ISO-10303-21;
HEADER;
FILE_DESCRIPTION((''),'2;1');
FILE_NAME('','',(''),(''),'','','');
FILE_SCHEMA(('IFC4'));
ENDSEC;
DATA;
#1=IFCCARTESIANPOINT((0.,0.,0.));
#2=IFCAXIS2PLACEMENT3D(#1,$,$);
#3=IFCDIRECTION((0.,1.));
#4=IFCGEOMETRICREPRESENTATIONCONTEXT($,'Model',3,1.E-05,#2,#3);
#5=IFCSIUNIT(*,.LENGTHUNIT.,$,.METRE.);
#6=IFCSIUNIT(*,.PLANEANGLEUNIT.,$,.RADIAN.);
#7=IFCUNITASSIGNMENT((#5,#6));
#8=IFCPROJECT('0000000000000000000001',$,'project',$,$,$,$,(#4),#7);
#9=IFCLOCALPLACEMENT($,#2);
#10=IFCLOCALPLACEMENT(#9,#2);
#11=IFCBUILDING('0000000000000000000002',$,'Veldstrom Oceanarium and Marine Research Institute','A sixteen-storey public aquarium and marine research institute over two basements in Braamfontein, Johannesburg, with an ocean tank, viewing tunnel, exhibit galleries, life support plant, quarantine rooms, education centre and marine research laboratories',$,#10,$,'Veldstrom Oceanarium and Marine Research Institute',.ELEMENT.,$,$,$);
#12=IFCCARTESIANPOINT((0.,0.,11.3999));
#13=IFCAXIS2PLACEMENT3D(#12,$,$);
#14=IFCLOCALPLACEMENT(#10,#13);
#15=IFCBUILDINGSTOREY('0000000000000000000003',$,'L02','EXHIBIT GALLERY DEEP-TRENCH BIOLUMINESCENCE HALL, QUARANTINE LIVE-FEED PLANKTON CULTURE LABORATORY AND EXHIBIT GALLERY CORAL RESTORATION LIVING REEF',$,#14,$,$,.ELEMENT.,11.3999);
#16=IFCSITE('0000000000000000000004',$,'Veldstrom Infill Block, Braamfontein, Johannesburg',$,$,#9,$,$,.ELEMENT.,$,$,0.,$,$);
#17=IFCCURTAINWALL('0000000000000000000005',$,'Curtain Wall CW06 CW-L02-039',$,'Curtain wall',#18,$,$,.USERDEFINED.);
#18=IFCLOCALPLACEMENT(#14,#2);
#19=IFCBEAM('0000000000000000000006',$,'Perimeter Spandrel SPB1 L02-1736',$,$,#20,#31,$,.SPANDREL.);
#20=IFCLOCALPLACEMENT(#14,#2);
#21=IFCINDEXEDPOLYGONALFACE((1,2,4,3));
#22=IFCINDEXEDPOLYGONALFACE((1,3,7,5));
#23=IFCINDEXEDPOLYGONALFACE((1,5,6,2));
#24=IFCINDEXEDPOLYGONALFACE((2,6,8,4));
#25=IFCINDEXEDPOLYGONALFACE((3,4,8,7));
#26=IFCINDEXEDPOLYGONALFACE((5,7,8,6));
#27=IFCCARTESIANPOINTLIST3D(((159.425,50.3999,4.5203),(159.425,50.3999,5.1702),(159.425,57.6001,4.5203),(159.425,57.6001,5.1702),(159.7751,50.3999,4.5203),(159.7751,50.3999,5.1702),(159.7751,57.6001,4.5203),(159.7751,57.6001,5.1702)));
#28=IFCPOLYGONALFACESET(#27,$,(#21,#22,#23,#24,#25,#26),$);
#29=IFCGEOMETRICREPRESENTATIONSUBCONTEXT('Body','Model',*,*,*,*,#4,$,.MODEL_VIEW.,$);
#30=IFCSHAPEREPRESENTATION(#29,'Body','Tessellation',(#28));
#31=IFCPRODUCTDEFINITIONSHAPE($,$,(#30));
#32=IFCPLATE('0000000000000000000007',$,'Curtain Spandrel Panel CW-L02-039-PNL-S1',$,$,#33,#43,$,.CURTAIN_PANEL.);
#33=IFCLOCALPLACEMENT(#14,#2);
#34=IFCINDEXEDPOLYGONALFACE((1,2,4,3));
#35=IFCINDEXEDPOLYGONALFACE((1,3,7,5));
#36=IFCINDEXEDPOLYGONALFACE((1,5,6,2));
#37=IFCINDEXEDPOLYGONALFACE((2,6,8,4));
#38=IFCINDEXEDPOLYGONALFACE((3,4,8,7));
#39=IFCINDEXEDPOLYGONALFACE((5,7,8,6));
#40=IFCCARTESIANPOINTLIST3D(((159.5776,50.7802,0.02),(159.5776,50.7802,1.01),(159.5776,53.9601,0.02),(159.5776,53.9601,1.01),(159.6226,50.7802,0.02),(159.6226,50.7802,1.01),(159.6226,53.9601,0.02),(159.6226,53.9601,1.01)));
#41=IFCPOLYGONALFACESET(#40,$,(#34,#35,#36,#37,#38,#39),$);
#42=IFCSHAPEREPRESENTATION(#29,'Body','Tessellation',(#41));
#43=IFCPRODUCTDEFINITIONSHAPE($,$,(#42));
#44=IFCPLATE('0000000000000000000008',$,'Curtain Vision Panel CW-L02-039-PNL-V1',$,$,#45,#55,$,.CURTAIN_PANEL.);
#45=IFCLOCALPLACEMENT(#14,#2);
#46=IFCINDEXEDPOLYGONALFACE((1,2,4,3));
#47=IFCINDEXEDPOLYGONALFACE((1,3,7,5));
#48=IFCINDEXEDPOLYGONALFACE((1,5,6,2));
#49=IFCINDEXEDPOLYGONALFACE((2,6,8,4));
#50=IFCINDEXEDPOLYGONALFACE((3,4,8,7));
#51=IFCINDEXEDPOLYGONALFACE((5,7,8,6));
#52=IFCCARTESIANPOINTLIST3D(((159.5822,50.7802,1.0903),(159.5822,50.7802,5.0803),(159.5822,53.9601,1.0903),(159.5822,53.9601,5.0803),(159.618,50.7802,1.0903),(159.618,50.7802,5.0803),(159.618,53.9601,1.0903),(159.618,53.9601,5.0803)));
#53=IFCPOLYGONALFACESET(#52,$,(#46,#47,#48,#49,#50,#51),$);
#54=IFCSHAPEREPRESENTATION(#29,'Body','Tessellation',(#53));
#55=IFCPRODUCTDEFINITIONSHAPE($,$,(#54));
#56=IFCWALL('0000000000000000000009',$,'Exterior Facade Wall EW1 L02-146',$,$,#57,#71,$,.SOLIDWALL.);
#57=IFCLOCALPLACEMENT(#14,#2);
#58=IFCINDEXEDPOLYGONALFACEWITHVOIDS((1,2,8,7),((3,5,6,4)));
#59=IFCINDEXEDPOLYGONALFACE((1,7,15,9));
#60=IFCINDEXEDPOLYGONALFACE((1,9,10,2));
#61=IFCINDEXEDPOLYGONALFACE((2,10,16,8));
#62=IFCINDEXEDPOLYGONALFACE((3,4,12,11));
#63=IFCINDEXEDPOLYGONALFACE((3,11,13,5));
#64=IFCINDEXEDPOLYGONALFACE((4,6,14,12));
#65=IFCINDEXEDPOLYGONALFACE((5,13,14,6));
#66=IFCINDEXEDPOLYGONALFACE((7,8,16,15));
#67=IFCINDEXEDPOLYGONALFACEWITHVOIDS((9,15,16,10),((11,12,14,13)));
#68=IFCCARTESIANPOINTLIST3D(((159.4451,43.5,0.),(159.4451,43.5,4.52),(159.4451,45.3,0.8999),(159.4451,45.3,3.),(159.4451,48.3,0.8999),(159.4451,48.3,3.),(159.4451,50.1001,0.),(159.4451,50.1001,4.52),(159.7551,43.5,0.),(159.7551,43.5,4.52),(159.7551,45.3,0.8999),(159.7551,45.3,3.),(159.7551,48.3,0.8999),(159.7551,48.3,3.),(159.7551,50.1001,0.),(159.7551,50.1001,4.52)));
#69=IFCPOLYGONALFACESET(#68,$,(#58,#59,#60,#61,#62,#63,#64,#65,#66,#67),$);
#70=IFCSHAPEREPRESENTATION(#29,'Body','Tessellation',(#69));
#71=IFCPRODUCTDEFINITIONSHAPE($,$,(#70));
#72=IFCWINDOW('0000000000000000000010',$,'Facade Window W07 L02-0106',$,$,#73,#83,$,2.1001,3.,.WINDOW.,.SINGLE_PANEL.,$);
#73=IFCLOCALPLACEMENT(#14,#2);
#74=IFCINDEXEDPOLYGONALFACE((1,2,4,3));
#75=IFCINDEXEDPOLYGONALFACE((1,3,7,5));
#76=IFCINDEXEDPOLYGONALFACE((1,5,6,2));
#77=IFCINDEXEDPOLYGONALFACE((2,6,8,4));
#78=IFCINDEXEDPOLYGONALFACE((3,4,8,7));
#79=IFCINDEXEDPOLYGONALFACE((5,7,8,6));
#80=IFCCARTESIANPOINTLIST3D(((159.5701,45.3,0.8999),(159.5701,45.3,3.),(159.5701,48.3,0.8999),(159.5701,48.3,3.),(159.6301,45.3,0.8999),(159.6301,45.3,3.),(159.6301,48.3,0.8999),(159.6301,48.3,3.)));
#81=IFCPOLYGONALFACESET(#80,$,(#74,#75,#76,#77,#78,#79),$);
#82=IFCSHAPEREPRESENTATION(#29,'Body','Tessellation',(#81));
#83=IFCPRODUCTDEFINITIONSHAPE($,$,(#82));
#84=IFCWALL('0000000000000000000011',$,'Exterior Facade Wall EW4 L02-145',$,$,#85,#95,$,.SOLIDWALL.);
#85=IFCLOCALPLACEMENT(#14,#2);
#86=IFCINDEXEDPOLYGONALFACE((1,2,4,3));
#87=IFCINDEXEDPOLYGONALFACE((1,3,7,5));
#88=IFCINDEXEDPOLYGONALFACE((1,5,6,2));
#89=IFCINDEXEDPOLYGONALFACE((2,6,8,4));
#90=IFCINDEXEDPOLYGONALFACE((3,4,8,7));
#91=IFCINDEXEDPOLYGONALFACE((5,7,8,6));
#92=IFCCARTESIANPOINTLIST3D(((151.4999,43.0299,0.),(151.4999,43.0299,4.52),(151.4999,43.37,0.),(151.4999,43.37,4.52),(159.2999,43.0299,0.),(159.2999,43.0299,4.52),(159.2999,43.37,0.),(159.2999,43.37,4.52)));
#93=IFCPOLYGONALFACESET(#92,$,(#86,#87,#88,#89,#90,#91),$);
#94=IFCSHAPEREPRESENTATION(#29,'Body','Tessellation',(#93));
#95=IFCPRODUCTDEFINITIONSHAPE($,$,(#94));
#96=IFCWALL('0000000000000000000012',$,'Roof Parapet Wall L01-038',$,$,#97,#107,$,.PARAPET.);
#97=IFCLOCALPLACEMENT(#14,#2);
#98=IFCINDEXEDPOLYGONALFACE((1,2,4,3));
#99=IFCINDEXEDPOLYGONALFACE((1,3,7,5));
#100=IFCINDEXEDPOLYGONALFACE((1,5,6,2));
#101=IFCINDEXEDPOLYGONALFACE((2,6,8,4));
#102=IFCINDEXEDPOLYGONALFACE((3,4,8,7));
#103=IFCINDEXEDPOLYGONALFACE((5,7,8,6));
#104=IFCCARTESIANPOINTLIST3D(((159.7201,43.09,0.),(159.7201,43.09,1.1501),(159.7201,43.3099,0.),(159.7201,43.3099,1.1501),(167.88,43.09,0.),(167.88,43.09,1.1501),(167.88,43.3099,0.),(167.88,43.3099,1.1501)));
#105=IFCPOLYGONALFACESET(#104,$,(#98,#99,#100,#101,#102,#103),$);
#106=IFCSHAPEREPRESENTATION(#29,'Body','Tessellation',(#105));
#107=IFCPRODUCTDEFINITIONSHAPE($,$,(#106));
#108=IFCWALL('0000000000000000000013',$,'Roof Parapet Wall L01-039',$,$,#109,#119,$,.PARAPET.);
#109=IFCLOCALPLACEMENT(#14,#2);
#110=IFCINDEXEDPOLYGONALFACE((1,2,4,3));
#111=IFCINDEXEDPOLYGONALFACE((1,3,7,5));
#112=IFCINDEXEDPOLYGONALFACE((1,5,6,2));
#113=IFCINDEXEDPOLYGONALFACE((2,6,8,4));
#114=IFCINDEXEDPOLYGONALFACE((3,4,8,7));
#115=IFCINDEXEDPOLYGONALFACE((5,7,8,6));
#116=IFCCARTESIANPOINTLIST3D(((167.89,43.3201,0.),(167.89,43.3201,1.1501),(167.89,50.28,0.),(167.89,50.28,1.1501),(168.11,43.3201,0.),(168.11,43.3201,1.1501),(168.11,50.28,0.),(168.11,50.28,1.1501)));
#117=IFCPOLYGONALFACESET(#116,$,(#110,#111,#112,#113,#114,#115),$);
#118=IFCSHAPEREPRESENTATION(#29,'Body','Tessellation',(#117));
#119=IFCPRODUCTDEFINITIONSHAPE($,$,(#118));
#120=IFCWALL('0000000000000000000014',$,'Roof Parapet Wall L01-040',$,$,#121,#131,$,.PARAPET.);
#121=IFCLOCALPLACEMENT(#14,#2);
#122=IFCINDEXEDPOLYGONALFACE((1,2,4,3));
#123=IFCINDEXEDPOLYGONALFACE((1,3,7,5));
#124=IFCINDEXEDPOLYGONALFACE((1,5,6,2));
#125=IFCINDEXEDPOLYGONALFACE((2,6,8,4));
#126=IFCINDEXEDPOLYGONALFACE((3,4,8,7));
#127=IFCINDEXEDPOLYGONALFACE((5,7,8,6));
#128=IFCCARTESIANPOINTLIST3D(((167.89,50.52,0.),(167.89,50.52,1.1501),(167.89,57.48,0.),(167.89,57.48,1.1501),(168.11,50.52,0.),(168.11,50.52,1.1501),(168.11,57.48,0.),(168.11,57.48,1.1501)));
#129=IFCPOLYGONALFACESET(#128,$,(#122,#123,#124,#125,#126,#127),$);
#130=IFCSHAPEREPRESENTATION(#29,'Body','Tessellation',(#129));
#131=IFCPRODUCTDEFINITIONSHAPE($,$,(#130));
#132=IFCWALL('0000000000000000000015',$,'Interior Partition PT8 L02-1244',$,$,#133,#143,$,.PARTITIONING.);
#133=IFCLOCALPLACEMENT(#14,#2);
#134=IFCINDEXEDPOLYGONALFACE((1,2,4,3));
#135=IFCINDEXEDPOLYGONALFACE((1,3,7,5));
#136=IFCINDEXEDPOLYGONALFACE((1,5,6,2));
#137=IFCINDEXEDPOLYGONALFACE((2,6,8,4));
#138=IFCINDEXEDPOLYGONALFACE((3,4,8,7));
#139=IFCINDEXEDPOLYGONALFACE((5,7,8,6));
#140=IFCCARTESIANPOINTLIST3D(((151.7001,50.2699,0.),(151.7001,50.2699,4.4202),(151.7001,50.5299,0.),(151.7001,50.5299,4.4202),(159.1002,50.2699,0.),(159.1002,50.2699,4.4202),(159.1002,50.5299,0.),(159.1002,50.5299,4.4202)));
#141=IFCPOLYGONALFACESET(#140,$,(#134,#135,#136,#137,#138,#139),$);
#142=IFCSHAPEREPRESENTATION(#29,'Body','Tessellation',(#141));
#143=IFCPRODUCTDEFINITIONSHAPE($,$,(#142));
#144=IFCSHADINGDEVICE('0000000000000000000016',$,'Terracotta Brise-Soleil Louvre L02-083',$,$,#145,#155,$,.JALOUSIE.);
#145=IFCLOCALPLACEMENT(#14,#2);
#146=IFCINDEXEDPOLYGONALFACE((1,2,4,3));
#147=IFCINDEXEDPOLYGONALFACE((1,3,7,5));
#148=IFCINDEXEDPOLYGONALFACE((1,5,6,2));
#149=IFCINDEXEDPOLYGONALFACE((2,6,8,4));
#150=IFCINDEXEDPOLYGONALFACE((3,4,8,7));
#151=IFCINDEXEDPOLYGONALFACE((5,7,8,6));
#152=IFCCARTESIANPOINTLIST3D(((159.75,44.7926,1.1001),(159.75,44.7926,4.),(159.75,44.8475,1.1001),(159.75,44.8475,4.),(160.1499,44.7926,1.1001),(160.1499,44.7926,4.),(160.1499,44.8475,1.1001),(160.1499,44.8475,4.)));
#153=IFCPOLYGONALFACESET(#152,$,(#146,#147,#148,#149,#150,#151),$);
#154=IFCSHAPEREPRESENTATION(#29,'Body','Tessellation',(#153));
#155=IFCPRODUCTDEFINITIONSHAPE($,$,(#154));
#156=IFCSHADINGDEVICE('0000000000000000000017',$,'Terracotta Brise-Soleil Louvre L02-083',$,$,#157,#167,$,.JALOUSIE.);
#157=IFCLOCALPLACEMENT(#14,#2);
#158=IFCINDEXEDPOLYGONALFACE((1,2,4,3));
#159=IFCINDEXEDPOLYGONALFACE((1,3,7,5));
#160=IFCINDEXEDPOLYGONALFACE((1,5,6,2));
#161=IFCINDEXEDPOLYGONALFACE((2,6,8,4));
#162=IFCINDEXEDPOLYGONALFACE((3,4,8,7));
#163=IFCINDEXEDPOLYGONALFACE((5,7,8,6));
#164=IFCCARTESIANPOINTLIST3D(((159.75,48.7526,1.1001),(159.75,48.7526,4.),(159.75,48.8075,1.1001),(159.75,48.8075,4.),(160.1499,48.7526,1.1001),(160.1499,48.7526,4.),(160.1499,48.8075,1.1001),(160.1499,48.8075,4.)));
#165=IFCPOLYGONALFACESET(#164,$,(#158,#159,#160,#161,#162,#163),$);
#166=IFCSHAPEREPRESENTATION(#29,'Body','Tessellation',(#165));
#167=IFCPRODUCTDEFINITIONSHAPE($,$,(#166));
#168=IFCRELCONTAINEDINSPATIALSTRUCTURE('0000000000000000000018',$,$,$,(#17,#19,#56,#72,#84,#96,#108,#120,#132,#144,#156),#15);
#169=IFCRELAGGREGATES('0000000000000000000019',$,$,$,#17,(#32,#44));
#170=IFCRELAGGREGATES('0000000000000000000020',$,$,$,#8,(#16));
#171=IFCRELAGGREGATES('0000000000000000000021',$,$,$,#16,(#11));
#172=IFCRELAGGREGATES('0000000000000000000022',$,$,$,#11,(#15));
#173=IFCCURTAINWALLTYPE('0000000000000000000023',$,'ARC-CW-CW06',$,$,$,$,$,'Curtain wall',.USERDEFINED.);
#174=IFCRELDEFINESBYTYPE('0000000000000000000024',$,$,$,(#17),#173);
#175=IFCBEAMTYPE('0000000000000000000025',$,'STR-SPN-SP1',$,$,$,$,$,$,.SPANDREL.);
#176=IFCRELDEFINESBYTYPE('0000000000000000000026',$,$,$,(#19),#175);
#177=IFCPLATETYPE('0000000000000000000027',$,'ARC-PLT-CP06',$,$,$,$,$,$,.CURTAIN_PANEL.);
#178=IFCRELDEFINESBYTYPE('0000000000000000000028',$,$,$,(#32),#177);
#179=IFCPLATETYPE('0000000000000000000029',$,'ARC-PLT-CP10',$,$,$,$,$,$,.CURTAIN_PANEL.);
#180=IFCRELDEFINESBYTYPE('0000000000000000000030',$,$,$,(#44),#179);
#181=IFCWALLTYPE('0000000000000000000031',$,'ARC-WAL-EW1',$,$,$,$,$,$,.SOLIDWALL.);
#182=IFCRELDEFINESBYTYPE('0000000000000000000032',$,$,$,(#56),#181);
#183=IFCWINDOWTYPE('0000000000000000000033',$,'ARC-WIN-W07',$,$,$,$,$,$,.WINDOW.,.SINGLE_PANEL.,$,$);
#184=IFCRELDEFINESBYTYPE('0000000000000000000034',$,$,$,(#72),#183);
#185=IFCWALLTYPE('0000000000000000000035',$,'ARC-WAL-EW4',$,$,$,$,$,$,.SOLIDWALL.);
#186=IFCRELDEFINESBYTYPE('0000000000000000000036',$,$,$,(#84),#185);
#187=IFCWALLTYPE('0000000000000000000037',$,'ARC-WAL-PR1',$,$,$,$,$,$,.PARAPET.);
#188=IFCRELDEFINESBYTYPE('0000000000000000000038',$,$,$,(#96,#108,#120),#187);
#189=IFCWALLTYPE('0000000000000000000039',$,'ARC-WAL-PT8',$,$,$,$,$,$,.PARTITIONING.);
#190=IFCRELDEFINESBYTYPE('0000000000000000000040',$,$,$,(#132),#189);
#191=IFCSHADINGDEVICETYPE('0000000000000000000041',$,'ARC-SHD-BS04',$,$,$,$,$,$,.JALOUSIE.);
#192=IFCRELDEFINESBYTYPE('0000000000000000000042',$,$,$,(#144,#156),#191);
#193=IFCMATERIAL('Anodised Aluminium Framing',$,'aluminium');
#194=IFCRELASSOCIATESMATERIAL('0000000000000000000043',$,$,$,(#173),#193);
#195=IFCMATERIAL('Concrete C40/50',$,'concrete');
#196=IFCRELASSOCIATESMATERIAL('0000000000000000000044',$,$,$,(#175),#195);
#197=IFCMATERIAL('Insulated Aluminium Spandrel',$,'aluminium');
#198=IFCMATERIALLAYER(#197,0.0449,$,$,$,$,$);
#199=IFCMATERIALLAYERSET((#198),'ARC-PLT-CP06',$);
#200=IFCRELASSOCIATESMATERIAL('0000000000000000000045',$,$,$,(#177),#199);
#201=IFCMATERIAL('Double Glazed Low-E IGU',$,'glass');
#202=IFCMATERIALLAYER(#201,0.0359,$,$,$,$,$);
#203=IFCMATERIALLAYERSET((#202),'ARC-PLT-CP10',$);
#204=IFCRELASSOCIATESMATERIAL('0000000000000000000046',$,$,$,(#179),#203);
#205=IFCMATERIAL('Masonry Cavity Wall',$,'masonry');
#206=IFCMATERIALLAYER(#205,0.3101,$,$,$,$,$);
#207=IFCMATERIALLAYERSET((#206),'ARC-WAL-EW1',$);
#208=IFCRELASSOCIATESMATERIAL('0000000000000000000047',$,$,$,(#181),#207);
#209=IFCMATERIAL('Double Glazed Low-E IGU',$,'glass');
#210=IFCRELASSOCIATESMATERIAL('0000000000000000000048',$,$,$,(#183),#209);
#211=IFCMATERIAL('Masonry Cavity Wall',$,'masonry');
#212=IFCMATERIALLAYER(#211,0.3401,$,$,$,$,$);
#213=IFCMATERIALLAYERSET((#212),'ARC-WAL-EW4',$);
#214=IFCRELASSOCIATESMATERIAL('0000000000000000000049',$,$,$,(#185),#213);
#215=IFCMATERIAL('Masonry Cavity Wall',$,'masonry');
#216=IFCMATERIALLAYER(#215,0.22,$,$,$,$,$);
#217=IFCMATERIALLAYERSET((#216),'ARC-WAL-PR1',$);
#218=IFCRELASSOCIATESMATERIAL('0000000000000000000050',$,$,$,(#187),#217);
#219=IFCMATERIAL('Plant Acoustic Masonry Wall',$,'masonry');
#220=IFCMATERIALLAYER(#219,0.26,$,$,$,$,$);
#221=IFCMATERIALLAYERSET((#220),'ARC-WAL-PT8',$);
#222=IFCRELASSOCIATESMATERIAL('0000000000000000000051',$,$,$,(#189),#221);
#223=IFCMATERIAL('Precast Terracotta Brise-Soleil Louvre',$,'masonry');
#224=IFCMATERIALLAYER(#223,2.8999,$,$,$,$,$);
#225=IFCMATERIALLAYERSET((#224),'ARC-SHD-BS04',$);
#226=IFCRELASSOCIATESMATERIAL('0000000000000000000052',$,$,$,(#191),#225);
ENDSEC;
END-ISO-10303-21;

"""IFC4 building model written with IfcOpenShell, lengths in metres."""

from ifc_helpers import new_model, si_unit, direction, frame, frame_2d, origin, origin_2d, place, context, subcontext, project, spatial, rectangle, extrude, material, layer, layer_set, material_profile, profile_set, type_object, element, fill, aggregate, save


model = new_model("IFC4")

# Units and contexts
model_context = context("Model", 3, precision=1e-05, world=origin(), true_north=direction((0.0, 1.0)))
body_context = subcontext(model_context, "Body", "Model", "MODEL_VIEW")
ifc_project = project(units=[si_unit("LENGTHUNIT", "METRE"), si_unit("PLANEANGLEUNIT", "RADIAN")], contexts=[model_context])

# Site, building, storey
site_placement = place(None, origin())
site = spatial("IfcSite", under=ifc_project, at=site_placement, Name="Veldstrom Infill Block, Braamfontein, Johannesburg", CompositionType="ELEMENT", RefElevation=0.0)
building_placement = place(site_placement, origin())
building = spatial("IfcBuilding", under=site, at=building_placement, Name="Veldstrom Oceanarium and Marine Research Institute", Description="A sixteen-storey public aquarium and marine research institute over two basements in Braamfontein, Johannesburg, with an ocean tank, viewing tunnel, exhibit galleries, life support plant, quarantine rooms, education centre and marine research laboratories", LongName="Veldstrom Oceanarium and Marine Research Institute", CompositionType="ELEMENT")
storey_placement = place(building_placement, frame((0.0, 0.0, 11.3999)))
storey = spatial("IfcBuildingStorey", under=building, at=storey_placement, Name="L02", Description="EXHIBIT GALLERY DEEP-TRENCH BIOLUMINESCENCE HALL, QUARANTINE LIVE-FEED PLANKTON CULTURE LABORATORY AND EXHIBIT GALLERY CORAL RESTORATION LIVING REEF", CompositionType="ELEMENT", Elevation=11.3999)

# Curtain wall
ifc_material_1 = material(Name="Anodised Aluminium Framing", Category="aluminium")
curtain_wall_type = type_object("IfcCurtainWallType", Name="ARC-CW-CW06", ElementType="Curtain wall", PredefinedType="USERDEFINED", material=ifc_material_1)
curtain_wall_placement = place(storey_placement, origin())
curtain_wall = element("IfcCurtainWall", 1, at=curtain_wall_placement, inside=storey, type_object=curtain_wall_type, Name="Curtain Wall CW06 CW-L02-039", ObjectType="Curtain wall", PredefinedType="USERDEFINED")

# Beam
ifc_material_2 = material(Name="Concrete C40/50", Category="concrete")
ifc_material_profile_1 = material_profile(ifc_material_2, rectangle(XDim=0.3501, YDim=0.6499, at=origin_2d()), Name="RC-SPN-350x650")
ifc_profile_set_1 = profile_set([ifc_material_profile_1], Name="Concrete C40/50")
beam_type_1 = type_object("IfcBeamType", Name="STR-SPN-SP1", PredefinedType="SPANDREL", material=ifc_profile_set_1)
beam_1_placement = place(storey_placement, frame((159.6001, 50.3999, 4.8452), z_axis=(0.0, 1.0, 0.0), x_axis=(-1.0, 0.0, 0.0)))
element("IfcBeam", 2, at=beam_1_placement, inside=storey, type_object=beam_type_1, Name="Perimeter Spandrel SPB1 L02-1736", PredefinedType="SPANDREL", context=body_context, shape_type="SweptSolid", body=[
    extrude(rectangle(XDim=0.3501, YDim=0.6499, at=origin_2d()), origin(), (0.0, 0.0, 1.0), 7.2002),
])

# Plates
ifc_material_3 = material(Name="Insulated Aluminium Spandrel", Category="aluminium")
ifc_layer_1 = layer(ifc_material_3, 0.0449)
ifc_layer_set_1 = layer_set([ifc_layer_1], Name="ARC-PLT-CP06")
plate_type_1 = type_object("IfcPlateType", Name="ARC-PLT-CP06", PredefinedType="CURTAIN_PANEL", material=ifc_layer_set_1)
plate_1_placement = place(storey_placement, frame((159.6001, 52.3701, 0.02), z_axis=(0.0, 0.0, 1.0), x_axis=(0.0, 1.0, 0.0)))
plate_1 = element("IfcPlate", 3, at=plate_1_placement, type_object=plate_type_1, Name="Curtain Spandrel Panel CW-L02-039-PNL-S1", PredefinedType="CURTAIN_PANEL", context=body_context, shape_type="SweptSolid", body=[
    extrude(rectangle(XDim=3.1799, YDim=0.0449, at=origin_2d()), origin(), (0.0, 0.0, 1.0), 0.99),
])
ifc_material_4 = material(Name="Double Glazed Low-E IGU", Category="glass")
ifc_layer_2 = layer(ifc_material_4, 0.0359)
ifc_layer_set_2 = layer_set([ifc_layer_2], Name="ARC-PLT-CP10")
plate_type_2 = type_object("IfcPlateType", Name="ARC-PLT-CP10", PredefinedType="CURTAIN_PANEL", material=ifc_layer_set_2)
plate_2_placement = place(storey_placement, frame((159.6001, 52.3701, 1.0903), z_axis=(0.0, 0.0, 1.0), x_axis=(0.0, 1.0, 0.0)))
plate_2 = element("IfcPlate", 4, at=plate_2_placement, type_object=plate_type_2, Name="Curtain Vision Panel CW-L02-039-PNL-V1", PredefinedType="CURTAIN_PANEL", context=body_context, shape_type="SweptSolid", body=[
    extrude(rectangle(XDim=3.1799, YDim=0.0359, at=origin_2d()), origin(), (0.0, 0.0, 1.0), 3.99),
])
aggregate(curtain_wall, [plate_1, plate_2])

# Wall, opening, window
ifc_material_5 = material(Name="Masonry Cavity Wall", Category="masonry")
ifc_layer_3 = layer(ifc_material_5, 0.3101)
ifc_layer_set_3 = layer_set([ifc_layer_3], Name="ARC-WAL-EW1")
wall_type_1 = type_object("IfcWallType", Name="ARC-WAL-EW1", PredefinedType="SOLIDWALL", material=ifc_layer_set_3)
wall_1_placement = place(storey_placement, frame((159.6001, 43.5, 0.0), z_axis=(0.0, 0.0, 1.0), x_axis=(0.0, 1.0, 0.0)))
wall_1 = element("IfcWall", 5, at=wall_1_placement, inside=storey, type_object=wall_type_1, Name="Exterior Facade Wall EW1 L02-146", PredefinedType="SOLIDWALL", context=body_context, shape_type="SweptSolid", body=[
    extrude(rectangle(XDim=6.6001, YDim=0.3101, at=frame_2d((3.3, 0.0))), origin(), (0.0, 0.0, 1.0), 4.52),
])
opening_placement = place(wall_1_placement, frame((1.8, 0.0, 0.8999)))
opening = element("IfcOpeningElement", 6, at=opening_placement, cuts=wall_1, PredefinedType="OPENING", context=body_context, shape_type="SweptSolid", body=[
    extrude(rectangle(XDim=3.0, YDim=2.1001, at=frame_2d((1.5, 1.05))), frame((0.0, 0.165, 0.0), z_axis=(0.0, -1.0, 0.0), x_axis=(1.0, 0.0, 0.0)), (0.0, 0.0, 1.0), 0.3301),
])
ifc_material_6 = material(Name="Double Glazed Low-E IGU", Category="glass")
window_type = type_object("IfcWindowType", Name="ARC-WIN-W07", PartitioningType="SINGLE_PANEL", PredefinedType="WINDOW", material=ifc_material_6)
window_placement = place(opening_placement, origin())
window = element("IfcWindow", 7, at=window_placement, inside=storey, type_object=window_type, Name="Facade Window W07 L02-0106", OverallHeight=2.1001, OverallWidth=3.0, PartitioningType="SINGLE_PANEL", PredefinedType="WINDOW", context=body_context, shape_type="SweptSolid", body=[
    extrude(rectangle(XDim=3.0, YDim=2.1001, at=frame_2d((1.5, 1.05))), frame((0.0, 0.03, 0.0), z_axis=(0.0, -1.0, 0.0), x_axis=(1.0, 0.0, 0.0)), (0.0, 0.0, 1.0), 0.0601),
])
fill(opening, window)

# Walls
ifc_material_7 = material(Name="Masonry Cavity Wall", Category="masonry")
ifc_layer_4 = layer(ifc_material_7, 0.3401)
ifc_layer_set_4 = layer_set([ifc_layer_4], Name="ARC-WAL-EW4")
wall_type_2 = type_object("IfcWallType", Name="ARC-WAL-EW4", PredefinedType="SOLIDWALL", material=ifc_layer_set_4)
wall_2_placement = place(storey_placement, frame((151.5, 43.2, 0.0), z_axis=(0.0, 0.0, 1.0), x_axis=(1.0, 0.0, 0.0)))
element("IfcWall", 8, at=wall_2_placement, inside=storey, type_object=wall_type_2, Name="Exterior Facade Wall EW4 L02-145", PredefinedType="SOLIDWALL", context=body_context, shape_type="SweptSolid", body=[
    extrude(rectangle(XDim=7.8, YDim=0.3401, at=frame_2d((3.8999, 0.0))), origin(), (0.0, 0.0, 1.0), 4.52),
])
ifc_material_8 = material(Name="Masonry Cavity Wall", Category="masonry")
ifc_layer_5 = layer(ifc_material_8, 0.22)
ifc_layer_set_5 = layer_set([ifc_layer_5], Name="ARC-WAL-PR1")
wall_type_3 = type_object("IfcWallType", Name="ARC-WAL-PR1", PredefinedType="PARAPET", material=ifc_layer_set_5)
wall_3_placement = place(storey_placement, frame((159.72, 43.2, 0.0), z_axis=(0.0, 0.0, 1.0), x_axis=(1.0, 0.0, 0.0)))
element("IfcWall", 9, at=wall_3_placement, inside=storey, type_object=wall_type_3, Name="Roof Parapet Wall L01-038", PredefinedType="PARAPET", context=body_context, shape_type="SweptSolid", body=[
    extrude(rectangle(XDim=8.1599, YDim=0.22, at=frame_2d((4.0801, 0.0))), origin(), (0.0, 0.0, 1.0), 1.1501),
])
for number, where, z_axis, x_axis, name in (
    (10, (168.0, 43.3201, 0.0), (0.0, 0.0, 1.0), (0.0, 1.0, 0.0), "Roof Parapet Wall L01-039"),
    (11, (168.0, 50.52, 0.0), (0.0, 0.0, 1.0), (0.0, 1.0, 0.0), "Roof Parapet Wall L01-040"),
):
    element("IfcWall", number, at=place(storey_placement, frame(where, z_axis=z_axis, x_axis=x_axis)), inside=storey, type_object=wall_type_3, Name=name, PredefinedType="PARAPET", context=body_context, shape_type="SweptSolid", body=[
        extrude(rectangle(XDim=6.96, YDim=0.22, at=frame_2d((3.48, 0.0))), origin(), (0.0, 0.0, 1.0), 1.1501),
    ])
ifc_material_9 = material(Name="Plant Acoustic Masonry Wall", Category="masonry")
ifc_layer_6 = layer(ifc_material_9, 0.26)
ifc_layer_set_6 = layer_set([ifc_layer_6], Name="ARC-WAL-PT8")
wall_type_4 = type_object("IfcWallType", Name="ARC-WAL-PT8", PredefinedType="PARTITIONING", material=ifc_layer_set_6)
wall_4_placement = place(storey_placement, frame((151.7, 50.3999, 0.0), z_axis=(0.0, 0.0, 1.0), x_axis=(1.0, 0.0, 0.0)))
element("IfcWall", 12, at=wall_4_placement, inside=storey, type_object=wall_type_4, Name="Interior Partition PT8 L02-1244", PredefinedType="PARTITIONING", context=body_context, shape_type="SweptSolid", body=[
    extrude(rectangle(XDim=7.4001, YDim=0.26, at=frame_2d((3.7002, 0.0))), origin(), (0.0, 0.0, 1.0), 4.4202),
])

# Shading devices
ifc_material_10 = material(Name="Precast Terracotta Brise-Soleil Louvre", Category="masonry")
ifc_layer_7 = layer(ifc_material_10, 2.8999)
ifc_layer_set_7 = layer_set([ifc_layer_7], Name="ARC-SHD-BS04")
shading_device_type = type_object("IfcShadingDeviceType", Name="ARC-SHD-BS04", PredefinedType="JALOUSIE", material=ifc_layer_set_7)
for number, where, z_axis, x_axis, name in (
    (13, (159.95, 44.8201, 1.1001), (0.0, 0.0, 1.0), (1.0, 0.0, 0.0), "Terracotta Brise-Soleil Louvre L02-083"),
    (14, (159.95, 48.78, 1.1001), (0.0, 0.0, 1.0), (1.0, 0.0, 0.0), "Terracotta Brise-Soleil Louvre L02-083"),
):
    element("IfcShadingDevice", number, at=place(storey_placement, frame(where, z_axis=z_axis, x_axis=x_axis)), inside=storey, type_object=shading_device_type, Name=name, PredefinedType="JALOUSIE", context=body_context, shape_type="SweptSolid", body=[
        extrude(rectangle(XDim=0.3999, YDim=0.0549, at=origin_2d()), origin(), (0.0, 0.0, 1.0), 2.8999),
    ])

save(model, "model.ifc")
